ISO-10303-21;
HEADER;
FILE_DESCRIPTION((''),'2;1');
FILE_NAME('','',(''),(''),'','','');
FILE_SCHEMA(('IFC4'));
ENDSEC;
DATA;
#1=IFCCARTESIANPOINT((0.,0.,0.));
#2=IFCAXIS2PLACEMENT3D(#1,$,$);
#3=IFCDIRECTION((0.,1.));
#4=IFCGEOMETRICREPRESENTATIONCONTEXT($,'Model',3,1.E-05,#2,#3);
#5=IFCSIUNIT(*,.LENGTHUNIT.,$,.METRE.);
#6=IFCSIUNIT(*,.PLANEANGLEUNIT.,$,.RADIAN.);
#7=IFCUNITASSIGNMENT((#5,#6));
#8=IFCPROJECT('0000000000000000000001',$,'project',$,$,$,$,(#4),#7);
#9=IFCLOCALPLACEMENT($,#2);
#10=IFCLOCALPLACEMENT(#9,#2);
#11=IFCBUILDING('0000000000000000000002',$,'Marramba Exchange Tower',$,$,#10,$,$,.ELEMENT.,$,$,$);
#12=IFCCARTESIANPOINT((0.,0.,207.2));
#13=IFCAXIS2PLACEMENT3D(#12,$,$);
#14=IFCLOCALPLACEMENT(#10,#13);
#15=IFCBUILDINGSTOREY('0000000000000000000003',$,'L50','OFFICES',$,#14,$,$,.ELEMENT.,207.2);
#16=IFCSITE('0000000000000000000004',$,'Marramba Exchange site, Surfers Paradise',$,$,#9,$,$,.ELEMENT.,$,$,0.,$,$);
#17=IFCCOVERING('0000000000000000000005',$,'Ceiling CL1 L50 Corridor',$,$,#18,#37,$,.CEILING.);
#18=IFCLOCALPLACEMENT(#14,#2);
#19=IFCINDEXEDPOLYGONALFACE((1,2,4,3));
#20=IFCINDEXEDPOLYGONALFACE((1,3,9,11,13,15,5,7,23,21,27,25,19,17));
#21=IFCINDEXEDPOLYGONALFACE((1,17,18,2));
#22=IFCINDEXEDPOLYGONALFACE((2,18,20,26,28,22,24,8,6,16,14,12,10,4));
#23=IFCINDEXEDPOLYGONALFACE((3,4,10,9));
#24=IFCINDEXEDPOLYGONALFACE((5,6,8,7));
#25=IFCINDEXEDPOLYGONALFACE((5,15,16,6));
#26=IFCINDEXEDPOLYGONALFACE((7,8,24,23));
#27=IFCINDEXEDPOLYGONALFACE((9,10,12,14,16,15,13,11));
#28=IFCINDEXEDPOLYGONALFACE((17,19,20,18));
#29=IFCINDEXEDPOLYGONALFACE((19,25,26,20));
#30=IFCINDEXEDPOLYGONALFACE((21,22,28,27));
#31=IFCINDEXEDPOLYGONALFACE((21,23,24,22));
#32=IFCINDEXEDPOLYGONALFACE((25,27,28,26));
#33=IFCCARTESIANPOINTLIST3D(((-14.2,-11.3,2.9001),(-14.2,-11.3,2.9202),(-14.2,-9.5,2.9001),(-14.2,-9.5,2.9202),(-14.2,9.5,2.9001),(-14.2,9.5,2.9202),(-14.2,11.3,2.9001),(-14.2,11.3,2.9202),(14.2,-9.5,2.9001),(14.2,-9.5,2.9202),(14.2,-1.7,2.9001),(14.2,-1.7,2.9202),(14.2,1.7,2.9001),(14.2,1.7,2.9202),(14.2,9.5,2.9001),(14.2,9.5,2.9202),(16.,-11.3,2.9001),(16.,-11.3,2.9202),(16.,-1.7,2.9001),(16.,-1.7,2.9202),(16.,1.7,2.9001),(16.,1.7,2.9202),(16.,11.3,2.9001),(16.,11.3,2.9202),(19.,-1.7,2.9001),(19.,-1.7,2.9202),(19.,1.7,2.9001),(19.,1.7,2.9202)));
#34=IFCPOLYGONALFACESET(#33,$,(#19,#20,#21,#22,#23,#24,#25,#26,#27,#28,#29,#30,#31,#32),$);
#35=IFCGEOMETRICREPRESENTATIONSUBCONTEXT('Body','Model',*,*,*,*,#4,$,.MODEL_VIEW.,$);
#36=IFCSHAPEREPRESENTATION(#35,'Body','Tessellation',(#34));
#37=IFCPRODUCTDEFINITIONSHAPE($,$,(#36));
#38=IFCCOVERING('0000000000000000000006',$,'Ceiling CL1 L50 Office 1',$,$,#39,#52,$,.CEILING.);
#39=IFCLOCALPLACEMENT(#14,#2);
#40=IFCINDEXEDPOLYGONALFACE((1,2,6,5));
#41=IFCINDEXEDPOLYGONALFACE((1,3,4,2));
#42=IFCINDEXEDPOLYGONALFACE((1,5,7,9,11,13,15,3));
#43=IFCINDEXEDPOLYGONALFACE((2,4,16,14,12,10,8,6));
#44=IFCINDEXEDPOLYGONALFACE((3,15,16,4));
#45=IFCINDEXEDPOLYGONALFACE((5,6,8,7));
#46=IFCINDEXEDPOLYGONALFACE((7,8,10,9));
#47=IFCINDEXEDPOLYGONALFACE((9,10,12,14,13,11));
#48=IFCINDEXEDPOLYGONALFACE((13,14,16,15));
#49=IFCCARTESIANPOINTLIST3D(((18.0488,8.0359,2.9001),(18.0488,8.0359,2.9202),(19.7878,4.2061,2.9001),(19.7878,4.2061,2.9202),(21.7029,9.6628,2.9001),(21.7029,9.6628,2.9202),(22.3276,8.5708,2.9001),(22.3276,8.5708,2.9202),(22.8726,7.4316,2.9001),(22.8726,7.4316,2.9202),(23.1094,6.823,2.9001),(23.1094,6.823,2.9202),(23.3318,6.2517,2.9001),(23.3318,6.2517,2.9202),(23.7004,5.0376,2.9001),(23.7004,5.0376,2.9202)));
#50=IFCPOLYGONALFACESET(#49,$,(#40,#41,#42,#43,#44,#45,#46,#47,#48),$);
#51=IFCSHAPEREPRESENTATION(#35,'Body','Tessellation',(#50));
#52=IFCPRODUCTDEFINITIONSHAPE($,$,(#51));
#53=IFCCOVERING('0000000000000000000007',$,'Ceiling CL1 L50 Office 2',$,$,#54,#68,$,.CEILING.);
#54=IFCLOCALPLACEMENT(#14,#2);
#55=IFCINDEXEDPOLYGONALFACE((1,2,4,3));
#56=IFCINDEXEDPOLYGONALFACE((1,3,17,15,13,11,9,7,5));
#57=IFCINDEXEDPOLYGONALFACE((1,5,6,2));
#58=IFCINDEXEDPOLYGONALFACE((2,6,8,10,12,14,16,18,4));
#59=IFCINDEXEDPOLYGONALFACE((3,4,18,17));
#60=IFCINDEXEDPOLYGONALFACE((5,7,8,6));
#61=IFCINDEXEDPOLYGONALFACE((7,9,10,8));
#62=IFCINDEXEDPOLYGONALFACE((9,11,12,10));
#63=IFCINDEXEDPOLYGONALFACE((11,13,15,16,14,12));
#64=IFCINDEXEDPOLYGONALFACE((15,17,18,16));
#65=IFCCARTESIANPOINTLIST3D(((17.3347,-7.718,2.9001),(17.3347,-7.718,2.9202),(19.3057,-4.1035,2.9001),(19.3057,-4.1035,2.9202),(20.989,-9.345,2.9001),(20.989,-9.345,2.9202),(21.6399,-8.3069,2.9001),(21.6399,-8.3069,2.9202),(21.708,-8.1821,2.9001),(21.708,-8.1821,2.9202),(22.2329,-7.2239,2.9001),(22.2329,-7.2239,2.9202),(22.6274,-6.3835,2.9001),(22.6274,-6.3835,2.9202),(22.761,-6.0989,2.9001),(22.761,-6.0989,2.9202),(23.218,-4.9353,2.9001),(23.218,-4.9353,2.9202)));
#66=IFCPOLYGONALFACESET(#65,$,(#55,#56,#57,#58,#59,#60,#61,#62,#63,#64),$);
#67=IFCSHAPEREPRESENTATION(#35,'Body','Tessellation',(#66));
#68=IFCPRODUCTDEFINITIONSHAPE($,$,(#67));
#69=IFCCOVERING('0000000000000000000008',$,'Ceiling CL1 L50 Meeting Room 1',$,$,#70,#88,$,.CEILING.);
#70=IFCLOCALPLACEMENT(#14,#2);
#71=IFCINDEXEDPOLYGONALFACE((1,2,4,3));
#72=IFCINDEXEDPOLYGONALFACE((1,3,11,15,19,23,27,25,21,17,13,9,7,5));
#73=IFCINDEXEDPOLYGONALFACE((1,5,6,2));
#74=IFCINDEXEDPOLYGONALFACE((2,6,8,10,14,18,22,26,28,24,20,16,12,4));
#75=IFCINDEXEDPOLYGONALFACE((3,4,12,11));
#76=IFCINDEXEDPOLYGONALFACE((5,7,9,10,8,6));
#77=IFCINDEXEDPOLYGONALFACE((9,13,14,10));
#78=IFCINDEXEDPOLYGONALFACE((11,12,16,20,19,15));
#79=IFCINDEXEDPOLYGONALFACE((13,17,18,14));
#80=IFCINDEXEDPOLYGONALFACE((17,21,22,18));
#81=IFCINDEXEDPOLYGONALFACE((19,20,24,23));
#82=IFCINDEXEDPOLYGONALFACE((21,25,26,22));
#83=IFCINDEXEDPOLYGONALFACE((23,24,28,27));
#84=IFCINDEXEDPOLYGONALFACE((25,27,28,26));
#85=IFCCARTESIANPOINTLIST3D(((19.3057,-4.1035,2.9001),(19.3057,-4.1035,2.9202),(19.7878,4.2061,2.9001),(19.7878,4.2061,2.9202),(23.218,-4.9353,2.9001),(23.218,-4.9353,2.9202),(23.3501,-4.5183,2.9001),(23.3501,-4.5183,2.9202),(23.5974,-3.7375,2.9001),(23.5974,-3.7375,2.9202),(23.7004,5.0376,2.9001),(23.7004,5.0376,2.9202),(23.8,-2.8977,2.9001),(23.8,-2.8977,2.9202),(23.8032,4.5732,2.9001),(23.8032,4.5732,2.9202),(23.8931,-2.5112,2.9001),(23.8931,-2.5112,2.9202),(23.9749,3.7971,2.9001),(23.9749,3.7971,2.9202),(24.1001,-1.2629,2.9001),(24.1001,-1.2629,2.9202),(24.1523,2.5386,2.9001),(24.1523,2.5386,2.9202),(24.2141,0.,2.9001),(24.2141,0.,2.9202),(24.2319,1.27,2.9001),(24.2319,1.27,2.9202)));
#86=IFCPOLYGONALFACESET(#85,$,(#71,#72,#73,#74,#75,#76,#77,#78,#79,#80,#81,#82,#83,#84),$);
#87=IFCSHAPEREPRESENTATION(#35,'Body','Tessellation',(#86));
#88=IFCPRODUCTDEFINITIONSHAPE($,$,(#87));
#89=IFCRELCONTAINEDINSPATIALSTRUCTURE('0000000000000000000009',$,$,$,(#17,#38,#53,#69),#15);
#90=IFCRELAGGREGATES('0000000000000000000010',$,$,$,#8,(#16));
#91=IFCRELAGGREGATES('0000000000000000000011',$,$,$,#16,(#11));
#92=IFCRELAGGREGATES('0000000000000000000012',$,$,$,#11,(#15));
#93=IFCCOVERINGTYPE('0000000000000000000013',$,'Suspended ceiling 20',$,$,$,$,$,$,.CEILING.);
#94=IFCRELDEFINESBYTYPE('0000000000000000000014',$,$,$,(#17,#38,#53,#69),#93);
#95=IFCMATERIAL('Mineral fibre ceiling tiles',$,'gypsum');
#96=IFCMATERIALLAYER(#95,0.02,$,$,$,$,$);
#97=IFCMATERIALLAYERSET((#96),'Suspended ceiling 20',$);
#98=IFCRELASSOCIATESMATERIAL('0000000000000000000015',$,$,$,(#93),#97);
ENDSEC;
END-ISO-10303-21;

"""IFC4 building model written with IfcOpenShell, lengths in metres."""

from ifc_helpers import new_model, si_unit, direction, frame, origin, place, context, subcontext, project, spatial, polyline, outline, extrude, material, layer, layer_set, type_object, element, save


model = new_model("IFC4")

# Units and contexts
model_context = context("Model", 3, precision=1e-05, world=origin(), true_north=direction((0.0, 1.0)))
body_context = subcontext(model_context, "Body", "Model", "MODEL_VIEW")
ifc_project = project(units=[si_unit("LENGTHUNIT", "METRE"), si_unit("PLANEANGLEUNIT", "RADIAN")], contexts=[model_context])

# Site, building, storey
site_placement = place(None, origin())
site = spatial("IfcSite", under=ifc_project, at=site_placement, Name="Marramba Exchange site, Surfers Paradise", CompositionType="ELEMENT", RefElevation=0.0)
building_placement = place(site_placement, origin())
building = spatial("IfcBuilding", under=site, at=building_placement, Name="Marramba Exchange Tower", CompositionType="ELEMENT")
storey_placement = place(building_placement, frame((0.0, 0.0, 207.2)))
storey = spatial("IfcBuildingStorey", under=building, at=storey_placement, Name="L50", Description="OFFICES", CompositionType="ELEMENT", Elevation=207.2)

# Coverings
ifc_material_1 = material(Name="Mineral fibre ceiling tiles", Category="gypsum")
ifc_layer_1 = layer(ifc_material_1, 0.02)
ifc_layer_set_1 = layer_set([ifc_layer_1], Name="Suspended ceiling 20")
covering_type = type_object("IfcCoveringType", Name="Suspended ceiling 20", PredefinedType="CEILING", material=ifc_layer_set_1)
covering_1_placement = place(storey_placement, frame((0.0, 0.0, 2.9001)))
element("IfcCovering", 1, at=covering_1_placement, inside=storey, type_object=covering_type, Name="Ceiling CL1 L50 Corridor", PredefinedType="CEILING", context=body_context, shape_type="SweptSolid", body=[
    extrude(outline(polyline([(19.0, -1.7), (16.0, -1.7), (16.0, -11.3), (-14.2, -11.3), (-14.2, -9.5), (14.2, -9.5), (14.2, -1.7), (14.2, 1.7), (14.2, 9.5), (-14.2, 9.5), (-14.2, 11.3), (16.0, 11.3), (16.0, 1.7), (19.0, 1.7), (19.0, -1.7)])), origin(), (0.0, 0.0, 1.0), 0.02),
])
covering_2_placement = place(storey_placement, frame((0.0, 0.0, 2.9001)))
element("IfcCovering", 2, at=covering_2_placement, inside=storey, type_object=covering_type, Name="Ceiling CL1 L50 Office 1", PredefinedType="CEILING", context=body_context, shape_type="SweptSolid", body=[
    extrude(outline(polyline([(22.3276, 8.5708), (22.8726, 7.4316), (23.1094, 6.823), (23.3318, 6.2517), (23.7004, 5.0376), (19.7878, 4.2061), (18.0488, 8.0359), (21.7029, 9.6628), (22.3276, 8.5708)])), origin(), (0.0, 0.0, 1.0), 0.02),
])
covering_3_placement = place(storey_placement, frame((0.0, 0.0, 2.9001)))
element("IfcCovering", 3, at=covering_3_placement, inside=storey, type_object=covering_type, Name="Ceiling CL1 L50 Office 2", PredefinedType="CEILING", context=body_context, shape_type="SweptSolid", body=[
    extrude(outline(polyline([(22.761, -6.0989), (22.6274, -6.3835), (22.2329, -7.2239), (21.708, -8.1821), (21.6399, -8.3069), (20.989, -9.345), (17.3347, -7.718), (19.3057, -4.1035), (23.218, -4.9353), (22.761, -6.0989)])), origin(), (0.0, 0.0, 1.0), 0.02),
])
covering_4_placement = place(storey_placement, frame((0.0, 0.0, 2.9001)))
element("IfcCovering", 4, at=covering_4_placement, inside=storey, type_object=covering_type, Name="Ceiling CL1 L50 Meeting Room 1", PredefinedType="CEILING", context=body_context, shape_type="SweptSolid", body=[
    extrude(outline(polyline([(23.8032, 4.5732), (23.9749, 3.7971), (24.1523, 2.5386), (24.2319, 1.27), (24.2141, 0.0), (24.1001, -1.2629), (23.8931, -2.5112), (23.8, -2.8977), (23.5974, -3.7375), (23.3501, -4.5183), (23.218, -4.9353), (19.3057, -4.1035), (19.7878, 4.2061), (23.7004, 5.0376), (23.8032, 4.5732)])), origin(), (0.0, 0.0, 1.0), 0.02),
])

save(model, "model.ifc")
